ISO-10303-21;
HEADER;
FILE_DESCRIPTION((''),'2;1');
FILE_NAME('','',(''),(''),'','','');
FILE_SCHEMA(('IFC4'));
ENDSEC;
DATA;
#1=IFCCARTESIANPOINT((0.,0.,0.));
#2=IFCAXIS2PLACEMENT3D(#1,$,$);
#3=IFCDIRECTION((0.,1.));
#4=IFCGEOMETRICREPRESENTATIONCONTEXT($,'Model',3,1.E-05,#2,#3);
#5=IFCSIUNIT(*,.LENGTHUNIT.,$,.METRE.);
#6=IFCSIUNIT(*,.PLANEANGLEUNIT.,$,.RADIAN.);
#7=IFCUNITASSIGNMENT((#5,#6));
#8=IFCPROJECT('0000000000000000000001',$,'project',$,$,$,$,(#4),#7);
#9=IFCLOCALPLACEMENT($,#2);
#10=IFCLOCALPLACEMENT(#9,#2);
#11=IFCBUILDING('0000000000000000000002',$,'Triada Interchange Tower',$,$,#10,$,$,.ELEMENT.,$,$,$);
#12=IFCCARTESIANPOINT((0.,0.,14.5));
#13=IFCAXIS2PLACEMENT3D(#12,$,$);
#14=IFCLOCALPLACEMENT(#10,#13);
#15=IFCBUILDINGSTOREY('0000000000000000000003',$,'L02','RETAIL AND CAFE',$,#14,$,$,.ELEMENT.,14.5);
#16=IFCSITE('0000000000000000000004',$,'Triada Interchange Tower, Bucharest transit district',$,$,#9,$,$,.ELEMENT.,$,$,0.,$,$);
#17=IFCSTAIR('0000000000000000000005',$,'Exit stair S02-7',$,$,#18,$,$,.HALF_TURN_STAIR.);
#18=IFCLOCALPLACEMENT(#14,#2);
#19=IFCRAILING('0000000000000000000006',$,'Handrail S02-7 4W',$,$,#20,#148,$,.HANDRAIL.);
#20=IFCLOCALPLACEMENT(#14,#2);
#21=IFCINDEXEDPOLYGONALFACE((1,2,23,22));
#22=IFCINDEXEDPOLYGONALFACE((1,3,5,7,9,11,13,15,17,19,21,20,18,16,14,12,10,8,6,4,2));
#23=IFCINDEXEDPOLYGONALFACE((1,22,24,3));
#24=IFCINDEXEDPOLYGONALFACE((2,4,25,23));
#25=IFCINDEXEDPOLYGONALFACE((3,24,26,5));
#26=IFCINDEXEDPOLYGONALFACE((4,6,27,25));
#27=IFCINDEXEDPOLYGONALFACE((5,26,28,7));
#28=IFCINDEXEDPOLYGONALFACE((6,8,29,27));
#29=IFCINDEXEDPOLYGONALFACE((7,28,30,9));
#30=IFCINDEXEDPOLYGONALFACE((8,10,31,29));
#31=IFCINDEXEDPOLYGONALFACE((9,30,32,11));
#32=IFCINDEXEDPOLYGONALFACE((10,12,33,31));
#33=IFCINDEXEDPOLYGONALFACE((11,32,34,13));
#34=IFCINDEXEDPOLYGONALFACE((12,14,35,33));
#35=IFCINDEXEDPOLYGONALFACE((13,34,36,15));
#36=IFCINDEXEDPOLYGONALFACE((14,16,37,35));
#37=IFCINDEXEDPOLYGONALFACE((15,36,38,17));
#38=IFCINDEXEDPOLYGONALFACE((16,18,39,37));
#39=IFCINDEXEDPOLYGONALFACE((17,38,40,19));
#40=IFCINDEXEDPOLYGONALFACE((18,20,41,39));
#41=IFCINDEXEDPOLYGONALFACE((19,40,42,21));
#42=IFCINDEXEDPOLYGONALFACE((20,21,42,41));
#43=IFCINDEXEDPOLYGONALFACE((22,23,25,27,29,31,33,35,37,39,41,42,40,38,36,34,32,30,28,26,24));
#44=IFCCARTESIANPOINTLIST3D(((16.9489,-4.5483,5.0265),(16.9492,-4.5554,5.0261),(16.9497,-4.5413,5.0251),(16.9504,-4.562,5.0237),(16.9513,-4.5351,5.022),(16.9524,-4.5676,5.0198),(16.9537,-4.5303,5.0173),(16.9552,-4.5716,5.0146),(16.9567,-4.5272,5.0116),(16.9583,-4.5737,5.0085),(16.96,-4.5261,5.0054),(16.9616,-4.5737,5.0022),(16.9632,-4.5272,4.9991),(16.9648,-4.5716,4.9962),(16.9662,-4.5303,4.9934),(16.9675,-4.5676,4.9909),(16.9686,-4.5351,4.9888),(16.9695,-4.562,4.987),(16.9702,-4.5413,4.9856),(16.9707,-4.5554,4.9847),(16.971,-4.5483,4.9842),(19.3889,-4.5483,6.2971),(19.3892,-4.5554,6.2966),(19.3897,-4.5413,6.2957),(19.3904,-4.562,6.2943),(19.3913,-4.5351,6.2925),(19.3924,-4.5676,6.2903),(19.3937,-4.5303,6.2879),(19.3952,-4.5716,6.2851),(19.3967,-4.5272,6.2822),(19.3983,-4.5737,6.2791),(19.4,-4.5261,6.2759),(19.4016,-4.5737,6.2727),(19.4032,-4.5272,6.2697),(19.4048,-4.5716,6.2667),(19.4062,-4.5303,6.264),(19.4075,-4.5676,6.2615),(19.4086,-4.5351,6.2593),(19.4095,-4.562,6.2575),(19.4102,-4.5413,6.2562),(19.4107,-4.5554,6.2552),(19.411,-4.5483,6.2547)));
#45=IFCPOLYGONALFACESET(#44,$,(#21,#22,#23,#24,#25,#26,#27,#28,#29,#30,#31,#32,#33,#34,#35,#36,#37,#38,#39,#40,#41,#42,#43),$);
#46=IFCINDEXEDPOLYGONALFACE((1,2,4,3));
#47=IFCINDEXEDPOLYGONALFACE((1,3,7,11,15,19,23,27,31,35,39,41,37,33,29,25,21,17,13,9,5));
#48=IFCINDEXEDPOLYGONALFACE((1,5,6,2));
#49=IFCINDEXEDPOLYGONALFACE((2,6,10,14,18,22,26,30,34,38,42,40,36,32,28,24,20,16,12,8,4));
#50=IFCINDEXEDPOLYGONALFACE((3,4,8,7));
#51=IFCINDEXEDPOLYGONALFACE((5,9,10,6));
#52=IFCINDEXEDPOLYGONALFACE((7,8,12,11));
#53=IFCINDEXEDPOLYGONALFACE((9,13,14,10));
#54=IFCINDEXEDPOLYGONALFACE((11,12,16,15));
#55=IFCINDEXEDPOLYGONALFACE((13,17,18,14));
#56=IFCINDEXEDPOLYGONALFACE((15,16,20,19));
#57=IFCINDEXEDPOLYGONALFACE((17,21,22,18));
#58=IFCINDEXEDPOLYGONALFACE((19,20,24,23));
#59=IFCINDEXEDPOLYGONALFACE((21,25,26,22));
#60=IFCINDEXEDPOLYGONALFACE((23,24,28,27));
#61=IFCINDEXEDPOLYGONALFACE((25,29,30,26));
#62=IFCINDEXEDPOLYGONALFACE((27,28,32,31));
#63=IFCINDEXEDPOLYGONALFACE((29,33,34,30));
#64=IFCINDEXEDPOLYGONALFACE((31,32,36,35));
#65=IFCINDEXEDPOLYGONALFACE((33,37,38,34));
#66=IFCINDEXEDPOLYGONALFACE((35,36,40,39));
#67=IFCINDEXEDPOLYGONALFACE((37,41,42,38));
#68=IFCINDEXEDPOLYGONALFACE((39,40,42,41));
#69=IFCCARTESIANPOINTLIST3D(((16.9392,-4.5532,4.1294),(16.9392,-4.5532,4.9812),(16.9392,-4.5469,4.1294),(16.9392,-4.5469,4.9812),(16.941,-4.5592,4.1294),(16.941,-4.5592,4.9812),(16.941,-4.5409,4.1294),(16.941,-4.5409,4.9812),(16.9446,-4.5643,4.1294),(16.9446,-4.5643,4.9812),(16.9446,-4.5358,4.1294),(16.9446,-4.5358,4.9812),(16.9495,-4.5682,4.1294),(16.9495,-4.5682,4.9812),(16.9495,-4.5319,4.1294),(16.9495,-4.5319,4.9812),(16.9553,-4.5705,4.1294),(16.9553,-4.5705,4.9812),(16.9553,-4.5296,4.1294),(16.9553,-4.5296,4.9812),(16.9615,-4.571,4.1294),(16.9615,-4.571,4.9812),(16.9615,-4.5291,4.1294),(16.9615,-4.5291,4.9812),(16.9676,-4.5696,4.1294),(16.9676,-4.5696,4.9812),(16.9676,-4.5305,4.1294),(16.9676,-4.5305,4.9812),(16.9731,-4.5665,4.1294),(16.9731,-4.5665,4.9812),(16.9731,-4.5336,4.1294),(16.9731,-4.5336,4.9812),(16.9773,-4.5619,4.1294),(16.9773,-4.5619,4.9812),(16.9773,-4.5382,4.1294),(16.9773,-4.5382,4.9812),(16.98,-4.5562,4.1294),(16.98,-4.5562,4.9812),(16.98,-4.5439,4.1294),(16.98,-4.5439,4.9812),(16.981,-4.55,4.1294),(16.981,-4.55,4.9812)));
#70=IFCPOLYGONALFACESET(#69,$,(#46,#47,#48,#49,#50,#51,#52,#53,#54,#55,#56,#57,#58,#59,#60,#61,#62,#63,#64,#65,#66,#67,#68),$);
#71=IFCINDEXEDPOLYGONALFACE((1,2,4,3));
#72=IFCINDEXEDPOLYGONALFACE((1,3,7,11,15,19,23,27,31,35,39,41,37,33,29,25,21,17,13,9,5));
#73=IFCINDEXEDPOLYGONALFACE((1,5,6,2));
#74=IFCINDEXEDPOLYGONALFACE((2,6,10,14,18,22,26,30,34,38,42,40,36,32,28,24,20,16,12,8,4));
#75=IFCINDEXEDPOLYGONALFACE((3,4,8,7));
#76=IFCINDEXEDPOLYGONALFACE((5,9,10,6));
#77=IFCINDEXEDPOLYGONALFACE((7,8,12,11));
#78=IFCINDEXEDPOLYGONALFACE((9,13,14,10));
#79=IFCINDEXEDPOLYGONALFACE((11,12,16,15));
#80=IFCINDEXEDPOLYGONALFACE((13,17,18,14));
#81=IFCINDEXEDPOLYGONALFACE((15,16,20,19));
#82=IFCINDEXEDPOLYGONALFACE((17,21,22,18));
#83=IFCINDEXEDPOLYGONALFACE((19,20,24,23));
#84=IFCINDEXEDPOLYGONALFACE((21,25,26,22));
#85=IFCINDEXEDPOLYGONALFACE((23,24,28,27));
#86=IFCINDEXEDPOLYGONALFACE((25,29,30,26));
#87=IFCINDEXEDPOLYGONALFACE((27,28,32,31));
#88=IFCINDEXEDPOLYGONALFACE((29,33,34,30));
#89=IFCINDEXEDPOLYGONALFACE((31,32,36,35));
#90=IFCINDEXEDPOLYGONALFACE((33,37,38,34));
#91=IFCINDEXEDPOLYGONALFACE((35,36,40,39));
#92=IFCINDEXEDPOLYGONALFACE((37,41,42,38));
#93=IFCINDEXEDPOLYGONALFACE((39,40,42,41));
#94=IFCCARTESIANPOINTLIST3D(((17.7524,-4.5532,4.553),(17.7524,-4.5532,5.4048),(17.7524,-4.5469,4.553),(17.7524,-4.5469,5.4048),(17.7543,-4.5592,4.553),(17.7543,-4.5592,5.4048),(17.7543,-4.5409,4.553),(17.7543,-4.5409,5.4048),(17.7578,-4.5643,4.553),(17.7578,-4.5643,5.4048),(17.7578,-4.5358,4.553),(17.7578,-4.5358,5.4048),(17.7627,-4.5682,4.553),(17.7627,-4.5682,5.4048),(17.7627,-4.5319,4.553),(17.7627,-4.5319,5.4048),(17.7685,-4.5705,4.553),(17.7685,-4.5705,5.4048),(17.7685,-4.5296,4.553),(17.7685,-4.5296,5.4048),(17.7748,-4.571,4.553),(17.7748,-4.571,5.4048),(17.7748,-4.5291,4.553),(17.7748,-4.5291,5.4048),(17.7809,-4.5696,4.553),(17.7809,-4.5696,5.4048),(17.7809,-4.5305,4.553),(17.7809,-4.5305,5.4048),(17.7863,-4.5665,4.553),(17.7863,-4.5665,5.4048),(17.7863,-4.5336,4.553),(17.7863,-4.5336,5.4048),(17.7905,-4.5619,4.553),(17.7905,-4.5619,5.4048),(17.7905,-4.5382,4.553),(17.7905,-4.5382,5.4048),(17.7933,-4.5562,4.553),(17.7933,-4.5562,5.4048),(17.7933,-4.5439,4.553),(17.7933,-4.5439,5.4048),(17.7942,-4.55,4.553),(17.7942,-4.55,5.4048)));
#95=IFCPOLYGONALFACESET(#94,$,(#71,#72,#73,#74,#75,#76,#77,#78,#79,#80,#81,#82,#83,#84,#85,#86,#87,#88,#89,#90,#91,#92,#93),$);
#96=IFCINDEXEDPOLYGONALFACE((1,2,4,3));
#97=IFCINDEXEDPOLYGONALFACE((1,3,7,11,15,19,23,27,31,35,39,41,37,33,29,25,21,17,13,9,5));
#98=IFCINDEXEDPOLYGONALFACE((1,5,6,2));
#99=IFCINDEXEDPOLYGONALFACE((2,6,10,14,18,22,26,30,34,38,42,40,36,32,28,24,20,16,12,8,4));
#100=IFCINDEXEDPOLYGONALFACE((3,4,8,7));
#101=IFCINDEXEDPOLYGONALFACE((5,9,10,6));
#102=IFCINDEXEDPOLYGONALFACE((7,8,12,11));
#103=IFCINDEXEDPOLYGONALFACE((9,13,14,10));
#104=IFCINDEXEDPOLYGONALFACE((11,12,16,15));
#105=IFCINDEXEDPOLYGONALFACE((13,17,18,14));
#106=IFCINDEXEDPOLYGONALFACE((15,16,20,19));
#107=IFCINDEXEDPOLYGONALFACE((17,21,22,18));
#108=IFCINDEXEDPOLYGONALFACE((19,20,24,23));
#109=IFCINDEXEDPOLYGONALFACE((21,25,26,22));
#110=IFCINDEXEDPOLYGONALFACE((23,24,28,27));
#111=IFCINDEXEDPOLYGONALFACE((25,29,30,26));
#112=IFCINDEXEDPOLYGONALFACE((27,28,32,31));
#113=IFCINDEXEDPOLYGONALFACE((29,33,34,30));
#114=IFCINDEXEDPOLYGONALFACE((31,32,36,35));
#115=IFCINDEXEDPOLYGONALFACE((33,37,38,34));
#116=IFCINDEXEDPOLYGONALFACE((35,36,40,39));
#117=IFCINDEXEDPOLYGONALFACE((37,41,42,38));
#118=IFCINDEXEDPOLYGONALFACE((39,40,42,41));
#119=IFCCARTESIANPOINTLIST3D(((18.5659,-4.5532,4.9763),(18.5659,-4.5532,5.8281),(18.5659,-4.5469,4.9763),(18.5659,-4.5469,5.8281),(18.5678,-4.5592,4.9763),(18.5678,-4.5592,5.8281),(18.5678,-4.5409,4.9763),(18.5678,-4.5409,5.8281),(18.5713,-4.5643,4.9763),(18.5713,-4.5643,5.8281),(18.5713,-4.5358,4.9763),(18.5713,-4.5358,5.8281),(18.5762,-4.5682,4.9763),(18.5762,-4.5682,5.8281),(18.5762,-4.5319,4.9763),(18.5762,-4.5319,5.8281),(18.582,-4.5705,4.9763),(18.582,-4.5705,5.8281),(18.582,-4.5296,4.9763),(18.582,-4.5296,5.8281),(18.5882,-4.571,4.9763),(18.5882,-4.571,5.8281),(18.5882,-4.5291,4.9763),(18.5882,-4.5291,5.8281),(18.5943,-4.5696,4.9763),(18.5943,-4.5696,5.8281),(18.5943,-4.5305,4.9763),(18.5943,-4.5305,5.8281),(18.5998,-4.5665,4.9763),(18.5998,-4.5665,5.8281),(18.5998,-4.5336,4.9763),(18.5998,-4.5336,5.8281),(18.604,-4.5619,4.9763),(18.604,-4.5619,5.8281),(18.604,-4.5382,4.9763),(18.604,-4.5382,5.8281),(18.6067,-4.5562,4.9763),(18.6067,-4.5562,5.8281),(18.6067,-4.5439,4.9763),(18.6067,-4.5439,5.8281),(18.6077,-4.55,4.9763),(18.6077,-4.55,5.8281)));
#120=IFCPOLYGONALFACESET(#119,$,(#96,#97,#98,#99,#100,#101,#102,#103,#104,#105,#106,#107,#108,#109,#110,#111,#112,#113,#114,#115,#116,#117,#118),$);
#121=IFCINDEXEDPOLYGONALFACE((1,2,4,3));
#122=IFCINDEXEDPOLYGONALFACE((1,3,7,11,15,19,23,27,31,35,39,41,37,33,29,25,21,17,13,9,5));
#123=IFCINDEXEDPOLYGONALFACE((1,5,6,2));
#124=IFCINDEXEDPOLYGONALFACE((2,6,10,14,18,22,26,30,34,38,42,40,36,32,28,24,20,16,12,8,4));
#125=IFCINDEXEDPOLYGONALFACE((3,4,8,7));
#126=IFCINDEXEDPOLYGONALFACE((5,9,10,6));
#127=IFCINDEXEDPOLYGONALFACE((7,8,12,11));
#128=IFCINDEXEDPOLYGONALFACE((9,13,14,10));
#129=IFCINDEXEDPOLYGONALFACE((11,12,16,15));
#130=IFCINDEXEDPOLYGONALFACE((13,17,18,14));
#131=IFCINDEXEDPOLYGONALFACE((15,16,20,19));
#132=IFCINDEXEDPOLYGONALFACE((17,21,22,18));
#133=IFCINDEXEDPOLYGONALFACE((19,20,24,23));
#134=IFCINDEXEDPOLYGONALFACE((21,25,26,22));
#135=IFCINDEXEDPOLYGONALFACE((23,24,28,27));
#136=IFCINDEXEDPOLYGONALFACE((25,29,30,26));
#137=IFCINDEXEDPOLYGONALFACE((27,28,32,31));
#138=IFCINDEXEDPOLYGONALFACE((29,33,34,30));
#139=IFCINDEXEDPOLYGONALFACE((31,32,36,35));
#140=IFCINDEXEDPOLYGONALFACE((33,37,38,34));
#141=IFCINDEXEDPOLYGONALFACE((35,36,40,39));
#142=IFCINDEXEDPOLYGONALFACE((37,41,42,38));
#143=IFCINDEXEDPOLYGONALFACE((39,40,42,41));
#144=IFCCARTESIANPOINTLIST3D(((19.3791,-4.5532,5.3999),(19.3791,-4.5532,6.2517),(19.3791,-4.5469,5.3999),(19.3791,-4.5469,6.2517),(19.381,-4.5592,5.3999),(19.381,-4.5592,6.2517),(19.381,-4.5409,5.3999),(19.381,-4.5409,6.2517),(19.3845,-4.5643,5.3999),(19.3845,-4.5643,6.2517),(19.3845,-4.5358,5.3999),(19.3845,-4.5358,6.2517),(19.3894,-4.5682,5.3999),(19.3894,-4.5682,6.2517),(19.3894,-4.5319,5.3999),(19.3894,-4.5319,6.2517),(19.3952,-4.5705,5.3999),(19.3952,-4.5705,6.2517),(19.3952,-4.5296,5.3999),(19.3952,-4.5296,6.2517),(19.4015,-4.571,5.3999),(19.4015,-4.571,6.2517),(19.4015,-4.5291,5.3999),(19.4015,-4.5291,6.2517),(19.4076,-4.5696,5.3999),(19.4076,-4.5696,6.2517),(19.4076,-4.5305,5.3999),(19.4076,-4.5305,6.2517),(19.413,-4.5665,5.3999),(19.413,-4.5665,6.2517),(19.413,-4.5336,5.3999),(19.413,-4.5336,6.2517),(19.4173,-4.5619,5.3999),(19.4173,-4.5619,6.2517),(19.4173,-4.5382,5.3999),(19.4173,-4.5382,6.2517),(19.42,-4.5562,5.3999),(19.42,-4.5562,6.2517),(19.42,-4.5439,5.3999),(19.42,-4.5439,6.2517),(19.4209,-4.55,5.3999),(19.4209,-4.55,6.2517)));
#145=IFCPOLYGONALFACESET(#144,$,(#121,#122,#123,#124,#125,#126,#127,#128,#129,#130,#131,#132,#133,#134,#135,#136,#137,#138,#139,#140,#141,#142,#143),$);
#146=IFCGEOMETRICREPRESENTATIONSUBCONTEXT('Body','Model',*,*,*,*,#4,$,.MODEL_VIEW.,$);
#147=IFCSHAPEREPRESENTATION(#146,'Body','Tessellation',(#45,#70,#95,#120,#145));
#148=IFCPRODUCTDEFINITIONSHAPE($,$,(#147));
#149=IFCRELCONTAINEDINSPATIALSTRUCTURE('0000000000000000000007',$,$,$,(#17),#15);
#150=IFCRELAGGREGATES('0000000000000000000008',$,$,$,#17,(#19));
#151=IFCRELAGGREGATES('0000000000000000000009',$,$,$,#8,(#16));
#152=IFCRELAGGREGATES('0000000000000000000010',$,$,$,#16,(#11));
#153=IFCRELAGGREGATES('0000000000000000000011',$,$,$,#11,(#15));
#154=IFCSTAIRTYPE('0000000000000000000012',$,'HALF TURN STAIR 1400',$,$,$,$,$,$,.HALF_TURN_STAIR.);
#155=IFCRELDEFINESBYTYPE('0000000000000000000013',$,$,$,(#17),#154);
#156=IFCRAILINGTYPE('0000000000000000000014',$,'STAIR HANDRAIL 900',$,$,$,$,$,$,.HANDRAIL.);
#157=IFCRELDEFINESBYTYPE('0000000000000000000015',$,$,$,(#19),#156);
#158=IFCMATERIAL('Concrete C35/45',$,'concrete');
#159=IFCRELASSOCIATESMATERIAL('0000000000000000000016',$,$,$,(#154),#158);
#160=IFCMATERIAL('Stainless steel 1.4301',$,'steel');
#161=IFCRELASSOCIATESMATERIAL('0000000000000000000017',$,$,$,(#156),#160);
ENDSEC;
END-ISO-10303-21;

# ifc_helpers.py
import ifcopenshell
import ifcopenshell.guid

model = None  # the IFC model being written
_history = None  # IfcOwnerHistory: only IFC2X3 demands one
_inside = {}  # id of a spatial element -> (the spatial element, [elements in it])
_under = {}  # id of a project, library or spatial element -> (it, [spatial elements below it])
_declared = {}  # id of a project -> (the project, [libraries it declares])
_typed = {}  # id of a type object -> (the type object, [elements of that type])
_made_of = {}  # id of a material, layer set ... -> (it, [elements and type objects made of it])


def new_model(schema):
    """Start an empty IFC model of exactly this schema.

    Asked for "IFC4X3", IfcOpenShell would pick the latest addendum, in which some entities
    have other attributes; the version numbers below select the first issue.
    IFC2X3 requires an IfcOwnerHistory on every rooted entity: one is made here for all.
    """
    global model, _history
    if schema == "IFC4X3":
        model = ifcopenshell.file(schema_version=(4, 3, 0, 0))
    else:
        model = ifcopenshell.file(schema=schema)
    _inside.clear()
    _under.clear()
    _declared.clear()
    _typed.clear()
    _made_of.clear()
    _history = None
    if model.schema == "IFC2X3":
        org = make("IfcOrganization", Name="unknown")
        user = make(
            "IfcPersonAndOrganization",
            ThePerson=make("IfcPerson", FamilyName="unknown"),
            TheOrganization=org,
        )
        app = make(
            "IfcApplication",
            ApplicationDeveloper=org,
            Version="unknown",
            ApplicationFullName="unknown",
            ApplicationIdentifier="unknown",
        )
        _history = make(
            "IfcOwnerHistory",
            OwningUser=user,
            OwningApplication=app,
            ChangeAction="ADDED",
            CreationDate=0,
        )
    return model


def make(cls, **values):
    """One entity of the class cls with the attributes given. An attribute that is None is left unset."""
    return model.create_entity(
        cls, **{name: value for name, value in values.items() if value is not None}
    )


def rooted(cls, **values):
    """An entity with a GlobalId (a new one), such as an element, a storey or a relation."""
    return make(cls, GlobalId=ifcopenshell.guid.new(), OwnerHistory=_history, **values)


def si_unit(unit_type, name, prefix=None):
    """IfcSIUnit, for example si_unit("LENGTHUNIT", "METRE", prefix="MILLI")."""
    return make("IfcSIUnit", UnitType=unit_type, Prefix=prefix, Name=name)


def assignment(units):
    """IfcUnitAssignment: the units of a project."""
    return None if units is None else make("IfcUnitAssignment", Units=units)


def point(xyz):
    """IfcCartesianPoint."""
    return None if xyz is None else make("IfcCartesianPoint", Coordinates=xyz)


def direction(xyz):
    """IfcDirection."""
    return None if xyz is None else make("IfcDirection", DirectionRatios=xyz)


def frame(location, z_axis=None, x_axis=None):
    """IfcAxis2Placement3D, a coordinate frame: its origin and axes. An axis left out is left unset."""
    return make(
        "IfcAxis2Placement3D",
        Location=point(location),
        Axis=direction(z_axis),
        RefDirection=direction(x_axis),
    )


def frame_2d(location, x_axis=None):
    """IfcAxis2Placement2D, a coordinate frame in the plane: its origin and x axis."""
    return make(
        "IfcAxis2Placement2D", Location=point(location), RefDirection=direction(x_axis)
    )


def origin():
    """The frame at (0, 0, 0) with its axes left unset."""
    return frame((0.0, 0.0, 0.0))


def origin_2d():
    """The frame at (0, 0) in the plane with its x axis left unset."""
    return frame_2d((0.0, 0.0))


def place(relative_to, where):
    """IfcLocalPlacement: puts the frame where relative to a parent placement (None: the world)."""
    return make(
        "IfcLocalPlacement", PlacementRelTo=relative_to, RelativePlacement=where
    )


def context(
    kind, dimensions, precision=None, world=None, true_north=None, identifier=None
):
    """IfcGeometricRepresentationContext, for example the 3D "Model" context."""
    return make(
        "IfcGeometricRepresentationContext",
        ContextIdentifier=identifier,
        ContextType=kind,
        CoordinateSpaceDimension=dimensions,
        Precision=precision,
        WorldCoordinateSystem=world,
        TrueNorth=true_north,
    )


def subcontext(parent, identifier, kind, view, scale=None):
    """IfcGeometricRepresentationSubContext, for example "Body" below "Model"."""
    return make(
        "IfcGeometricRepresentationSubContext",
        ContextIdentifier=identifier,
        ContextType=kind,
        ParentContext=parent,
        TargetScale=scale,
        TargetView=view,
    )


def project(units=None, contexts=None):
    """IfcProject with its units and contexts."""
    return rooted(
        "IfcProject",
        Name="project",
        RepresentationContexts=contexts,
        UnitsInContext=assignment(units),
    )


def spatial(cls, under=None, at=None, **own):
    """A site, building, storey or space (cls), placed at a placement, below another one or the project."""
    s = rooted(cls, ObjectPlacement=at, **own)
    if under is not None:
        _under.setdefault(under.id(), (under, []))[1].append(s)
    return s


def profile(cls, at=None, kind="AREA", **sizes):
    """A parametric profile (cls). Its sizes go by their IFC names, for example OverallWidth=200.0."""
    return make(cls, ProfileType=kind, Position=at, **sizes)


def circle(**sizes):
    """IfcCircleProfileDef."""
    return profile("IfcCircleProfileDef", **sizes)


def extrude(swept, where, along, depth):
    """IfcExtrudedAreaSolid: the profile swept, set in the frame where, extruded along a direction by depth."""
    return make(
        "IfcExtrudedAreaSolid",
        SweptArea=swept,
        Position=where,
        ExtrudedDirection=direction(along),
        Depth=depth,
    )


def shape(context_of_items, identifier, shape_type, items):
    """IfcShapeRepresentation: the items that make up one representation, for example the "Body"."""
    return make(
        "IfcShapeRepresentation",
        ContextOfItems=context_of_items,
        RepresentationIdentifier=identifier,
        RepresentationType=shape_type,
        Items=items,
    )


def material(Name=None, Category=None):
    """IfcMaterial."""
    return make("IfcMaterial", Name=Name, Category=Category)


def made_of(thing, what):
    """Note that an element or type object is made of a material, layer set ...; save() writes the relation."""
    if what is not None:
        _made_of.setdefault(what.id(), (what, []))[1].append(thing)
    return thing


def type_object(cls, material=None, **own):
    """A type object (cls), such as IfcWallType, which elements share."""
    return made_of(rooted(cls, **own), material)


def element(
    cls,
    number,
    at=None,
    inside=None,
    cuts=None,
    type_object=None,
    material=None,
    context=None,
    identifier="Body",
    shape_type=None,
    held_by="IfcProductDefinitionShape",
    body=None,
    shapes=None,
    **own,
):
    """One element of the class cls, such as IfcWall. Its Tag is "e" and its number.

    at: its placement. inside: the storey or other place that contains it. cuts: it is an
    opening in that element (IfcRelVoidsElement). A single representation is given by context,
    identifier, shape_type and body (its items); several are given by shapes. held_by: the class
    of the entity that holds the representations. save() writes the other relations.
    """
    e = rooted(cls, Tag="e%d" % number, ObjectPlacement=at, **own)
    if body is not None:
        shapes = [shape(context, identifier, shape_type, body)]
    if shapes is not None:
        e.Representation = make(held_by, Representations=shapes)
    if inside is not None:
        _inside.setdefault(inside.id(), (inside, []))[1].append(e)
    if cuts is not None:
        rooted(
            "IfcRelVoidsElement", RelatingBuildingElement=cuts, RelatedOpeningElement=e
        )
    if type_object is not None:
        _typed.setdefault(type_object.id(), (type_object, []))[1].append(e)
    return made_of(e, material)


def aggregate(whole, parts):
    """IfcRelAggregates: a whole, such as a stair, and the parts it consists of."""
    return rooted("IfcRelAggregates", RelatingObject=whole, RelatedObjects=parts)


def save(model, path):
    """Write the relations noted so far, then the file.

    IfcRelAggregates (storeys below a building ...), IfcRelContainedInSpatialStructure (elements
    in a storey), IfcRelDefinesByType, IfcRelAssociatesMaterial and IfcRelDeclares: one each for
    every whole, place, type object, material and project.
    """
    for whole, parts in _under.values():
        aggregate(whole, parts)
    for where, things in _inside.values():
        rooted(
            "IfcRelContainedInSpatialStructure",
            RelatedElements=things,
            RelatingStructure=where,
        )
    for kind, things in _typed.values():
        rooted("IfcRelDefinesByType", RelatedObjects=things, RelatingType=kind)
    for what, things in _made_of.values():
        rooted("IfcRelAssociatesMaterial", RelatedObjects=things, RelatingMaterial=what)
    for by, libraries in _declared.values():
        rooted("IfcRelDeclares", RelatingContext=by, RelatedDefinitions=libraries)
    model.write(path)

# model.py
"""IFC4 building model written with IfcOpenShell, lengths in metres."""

from ifc_helpers import new_model, si_unit, direction, frame, origin, origin_2d, place, context, subcontext, project, spatial, circle, extrude, material, type_object, element, aggregate, save


model = new_model("IFC4")

# Units and contexts
model_context = context("Model", 3, precision=1e-05, world=origin(), true_north=direction((0.0, 1.0)))
body_context = subcontext(model_context, "Body", "Model", "MODEL_VIEW")
ifc_project = project(units=[si_unit("LENGTHUNIT", "METRE"), si_unit("PLANEANGLEUNIT", "RADIAN")], contexts=[model_context])

# Site, building, storey
site_placement = place(None, origin())
site = spatial("IfcSite", under=ifc_project, at=site_placement, Name="Triada Interchange Tower, Bucharest transit district", CompositionType="ELEMENT", RefElevation=0.0)
building_placement = place(site_placement, origin())
building = spatial("IfcBuilding", under=site, at=building_placement, Name="Triada Interchange Tower", CompositionType="ELEMENT")
storey_placement = place(building_placement, frame((0.0, 0.0, 14.5)))
storey = spatial("IfcBuildingStorey", under=building, at=storey_placement, Name="L02", Description="RETAIL AND CAFE", CompositionType="ELEMENT", Elevation=14.5)

# Shared definitions
ifc_material_1 = material(Name="Concrete C35/45", Category="concrete")

# Stair, railing
stair_type = type_object("IfcStairType", Name="HALF TURN STAIR 1400", PredefinedType="HALF_TURN_STAIR", material=ifc_material_1)
stair_placement = place(storey_placement, origin())
stair = element("IfcStair", 1, at=stair_placement, inside=storey, type_object=stair_type, Name="Exit stair S02-7", PredefinedType="HALF_TURN_STAIR")
ifc_material_2 = material(Name="Stainless steel 1.4301", Category="steel")
railing_type_1 = type_object("IfcRailingType", Name="STAIR HANDRAIL 900", PredefinedType="HANDRAIL", material=ifc_material_2)
railing_1_placement = place(storey_placement, frame((16.96, -4.55, 4.1294)))
railing_1 = element("IfcRailing", 2, at=railing_1_placement, type_object=railing_type_1, Name="Handrail S02-7 4W", PredefinedType="HANDRAIL", context=body_context, shape_type="SweptSolid", body=[
    extrude(circle(Radius=0.0239, at=origin_2d()), frame((0.0, 0.0, 0.876), z_axis=(0.886958, 0.0, 0.46185), x_axis=(0.0, 1.0, 0.0)), (0.0, 0.0, 1.0), 2.751),
    extrude(circle(Radius=0.021, at=origin_2d()), origin(), (0.0, 0.0, 1.0), 0.8518),
    extrude(circle(Radius=0.021, at=origin_2d()), frame((0.8132, 0.0, 0.4236)), (0.0, 0.0, 1.0), 0.8518),
    extrude(circle(Radius=0.021, at=origin_2d()), frame((1.6267, 0.0, 0.8469)), (0.0, 0.0, 1.0), 0.8518),
    extrude(circle(Radius=0.021, at=origin_2d()), frame((2.4399, 0.0, 1.2705)), (0.0, 0.0, 1.0), 0.8518),
])
aggregate(stair, [railing_1])

save(model, "model.ifc")
